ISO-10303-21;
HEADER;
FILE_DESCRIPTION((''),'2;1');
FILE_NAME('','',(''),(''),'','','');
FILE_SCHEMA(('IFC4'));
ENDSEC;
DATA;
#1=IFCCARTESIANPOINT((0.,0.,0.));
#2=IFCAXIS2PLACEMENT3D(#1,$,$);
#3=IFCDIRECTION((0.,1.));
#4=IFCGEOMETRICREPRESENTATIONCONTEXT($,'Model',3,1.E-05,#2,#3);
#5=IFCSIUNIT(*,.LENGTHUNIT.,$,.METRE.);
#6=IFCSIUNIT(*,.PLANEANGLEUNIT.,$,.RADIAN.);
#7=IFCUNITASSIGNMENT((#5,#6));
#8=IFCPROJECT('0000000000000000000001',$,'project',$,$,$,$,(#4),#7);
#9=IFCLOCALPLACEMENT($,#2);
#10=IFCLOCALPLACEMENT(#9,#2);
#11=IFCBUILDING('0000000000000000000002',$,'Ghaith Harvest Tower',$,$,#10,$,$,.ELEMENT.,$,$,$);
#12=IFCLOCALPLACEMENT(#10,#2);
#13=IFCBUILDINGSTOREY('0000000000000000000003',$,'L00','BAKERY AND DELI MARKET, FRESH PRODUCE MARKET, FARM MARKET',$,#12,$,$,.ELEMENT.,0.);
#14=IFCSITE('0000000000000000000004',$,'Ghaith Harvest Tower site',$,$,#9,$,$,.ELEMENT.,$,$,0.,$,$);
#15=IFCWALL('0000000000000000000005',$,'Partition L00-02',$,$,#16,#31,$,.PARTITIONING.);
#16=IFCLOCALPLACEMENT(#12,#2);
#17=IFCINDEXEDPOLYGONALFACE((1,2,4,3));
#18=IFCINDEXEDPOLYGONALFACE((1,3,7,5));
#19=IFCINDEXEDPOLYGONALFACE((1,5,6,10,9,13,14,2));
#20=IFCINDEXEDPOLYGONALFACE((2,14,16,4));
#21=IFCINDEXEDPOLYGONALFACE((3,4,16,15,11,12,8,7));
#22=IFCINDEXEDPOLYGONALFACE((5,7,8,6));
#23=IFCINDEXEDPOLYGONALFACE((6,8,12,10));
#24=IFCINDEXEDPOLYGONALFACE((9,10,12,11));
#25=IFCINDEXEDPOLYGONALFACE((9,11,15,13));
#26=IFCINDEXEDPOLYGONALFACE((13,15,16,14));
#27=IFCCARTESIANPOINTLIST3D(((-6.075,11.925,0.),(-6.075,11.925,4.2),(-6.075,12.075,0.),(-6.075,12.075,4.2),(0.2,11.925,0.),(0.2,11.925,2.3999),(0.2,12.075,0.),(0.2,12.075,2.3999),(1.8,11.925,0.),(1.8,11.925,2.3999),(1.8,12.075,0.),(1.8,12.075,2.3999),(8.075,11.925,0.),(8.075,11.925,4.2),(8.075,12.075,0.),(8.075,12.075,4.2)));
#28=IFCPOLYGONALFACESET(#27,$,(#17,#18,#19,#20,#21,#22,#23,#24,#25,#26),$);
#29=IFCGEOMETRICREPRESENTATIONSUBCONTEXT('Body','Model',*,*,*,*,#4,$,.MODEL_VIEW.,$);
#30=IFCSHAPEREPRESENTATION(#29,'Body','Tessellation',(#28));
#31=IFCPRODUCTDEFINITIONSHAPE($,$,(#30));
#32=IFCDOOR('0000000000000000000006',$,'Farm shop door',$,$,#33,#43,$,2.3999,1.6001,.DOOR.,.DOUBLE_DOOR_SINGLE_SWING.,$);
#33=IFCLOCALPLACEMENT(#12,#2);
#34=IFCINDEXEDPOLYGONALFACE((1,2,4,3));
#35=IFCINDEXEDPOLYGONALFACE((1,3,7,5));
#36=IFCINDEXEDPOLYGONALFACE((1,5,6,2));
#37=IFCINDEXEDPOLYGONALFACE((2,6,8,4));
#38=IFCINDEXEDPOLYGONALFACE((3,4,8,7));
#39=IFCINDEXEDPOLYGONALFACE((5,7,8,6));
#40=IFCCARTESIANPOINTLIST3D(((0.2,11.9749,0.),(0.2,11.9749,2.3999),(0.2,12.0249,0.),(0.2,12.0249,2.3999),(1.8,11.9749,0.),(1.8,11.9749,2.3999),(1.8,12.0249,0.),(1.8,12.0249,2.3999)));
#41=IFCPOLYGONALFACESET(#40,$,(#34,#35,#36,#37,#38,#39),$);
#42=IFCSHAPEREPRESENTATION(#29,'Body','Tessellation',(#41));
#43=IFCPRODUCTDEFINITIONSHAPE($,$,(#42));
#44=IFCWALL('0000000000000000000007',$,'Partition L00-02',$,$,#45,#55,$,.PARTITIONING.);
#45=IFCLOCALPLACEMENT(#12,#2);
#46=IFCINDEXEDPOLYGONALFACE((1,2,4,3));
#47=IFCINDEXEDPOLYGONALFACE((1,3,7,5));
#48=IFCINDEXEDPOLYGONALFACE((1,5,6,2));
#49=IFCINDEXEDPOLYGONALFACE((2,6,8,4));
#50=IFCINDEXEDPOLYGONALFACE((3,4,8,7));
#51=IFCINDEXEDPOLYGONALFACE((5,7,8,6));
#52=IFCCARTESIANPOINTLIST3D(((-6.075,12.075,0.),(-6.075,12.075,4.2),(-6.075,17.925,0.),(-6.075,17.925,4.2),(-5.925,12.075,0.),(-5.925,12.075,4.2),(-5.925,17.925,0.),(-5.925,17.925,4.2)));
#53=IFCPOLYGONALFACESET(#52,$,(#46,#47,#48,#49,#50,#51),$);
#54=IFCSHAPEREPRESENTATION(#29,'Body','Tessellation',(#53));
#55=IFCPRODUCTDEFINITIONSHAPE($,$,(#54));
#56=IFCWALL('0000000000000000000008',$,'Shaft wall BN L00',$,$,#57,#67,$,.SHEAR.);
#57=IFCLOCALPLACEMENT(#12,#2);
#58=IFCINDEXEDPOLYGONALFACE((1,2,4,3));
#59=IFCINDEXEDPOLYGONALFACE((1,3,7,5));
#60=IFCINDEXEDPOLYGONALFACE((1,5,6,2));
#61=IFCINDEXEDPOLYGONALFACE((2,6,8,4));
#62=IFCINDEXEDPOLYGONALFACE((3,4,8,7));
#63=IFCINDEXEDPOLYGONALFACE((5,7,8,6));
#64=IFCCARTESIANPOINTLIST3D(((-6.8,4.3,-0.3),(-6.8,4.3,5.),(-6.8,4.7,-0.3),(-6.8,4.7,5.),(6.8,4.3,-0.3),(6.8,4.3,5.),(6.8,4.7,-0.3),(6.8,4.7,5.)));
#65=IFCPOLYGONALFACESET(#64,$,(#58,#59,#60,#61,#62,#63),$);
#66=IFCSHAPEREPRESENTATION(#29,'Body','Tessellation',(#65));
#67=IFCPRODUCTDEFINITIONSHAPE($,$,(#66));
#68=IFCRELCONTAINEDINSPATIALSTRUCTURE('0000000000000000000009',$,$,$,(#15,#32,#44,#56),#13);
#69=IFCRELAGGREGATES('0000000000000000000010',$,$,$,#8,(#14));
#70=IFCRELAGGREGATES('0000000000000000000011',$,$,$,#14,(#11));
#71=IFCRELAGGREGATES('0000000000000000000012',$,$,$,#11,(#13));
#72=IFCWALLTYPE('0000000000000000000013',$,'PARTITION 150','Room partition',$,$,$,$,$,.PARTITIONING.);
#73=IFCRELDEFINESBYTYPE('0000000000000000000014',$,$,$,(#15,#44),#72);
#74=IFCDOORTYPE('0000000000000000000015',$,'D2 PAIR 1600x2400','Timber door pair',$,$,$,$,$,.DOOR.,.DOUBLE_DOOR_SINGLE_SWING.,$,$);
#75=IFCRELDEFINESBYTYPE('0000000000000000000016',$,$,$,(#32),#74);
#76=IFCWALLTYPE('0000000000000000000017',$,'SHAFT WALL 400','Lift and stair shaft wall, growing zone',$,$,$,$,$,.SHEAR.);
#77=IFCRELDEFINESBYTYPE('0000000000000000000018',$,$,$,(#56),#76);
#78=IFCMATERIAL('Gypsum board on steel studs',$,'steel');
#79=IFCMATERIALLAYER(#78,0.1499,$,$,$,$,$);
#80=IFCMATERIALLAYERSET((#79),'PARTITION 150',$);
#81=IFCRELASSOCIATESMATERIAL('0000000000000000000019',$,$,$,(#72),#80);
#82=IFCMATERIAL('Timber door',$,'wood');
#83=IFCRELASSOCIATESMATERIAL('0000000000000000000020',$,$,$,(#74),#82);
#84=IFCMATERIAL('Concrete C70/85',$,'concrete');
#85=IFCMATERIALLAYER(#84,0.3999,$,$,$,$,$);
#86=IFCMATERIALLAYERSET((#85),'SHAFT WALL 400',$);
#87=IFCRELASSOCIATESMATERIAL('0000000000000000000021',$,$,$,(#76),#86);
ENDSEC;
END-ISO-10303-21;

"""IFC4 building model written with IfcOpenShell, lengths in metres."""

from ifc_helpers import new_model, si_unit, direction, frame, frame_2d, origin, place, context, subcontext, project, spatial, rectangle, extrude, material, layer, layer_set, type_object, element, fill, save


model = new_model("IFC4")

# Units and contexts
model_context = context("Model", 3, precision=1e-05, world=origin(), true_north=direction((0.0, 1.0)))
body_context = subcontext(model_context, "Body", "Model", "MODEL_VIEW")
ifc_project = project(units=[si_unit("LENGTHUNIT", "METRE"), si_unit("PLANEANGLEUNIT", "RADIAN")], contexts=[model_context])

# Site, building, storey
site_placement = place(None, origin())
site = spatial("IfcSite", under=ifc_project, at=site_placement, Name="Ghaith Harvest Tower site", CompositionType="ELEMENT", RefElevation=0.0)
building_placement = place(site_placement, origin())
building = spatial("IfcBuilding", under=site, at=building_placement, Name="Ghaith Harvest Tower", CompositionType="ELEMENT")
storey_placement = place(building_placement, origin())
storey = spatial("IfcBuildingStorey", under=building, at=storey_placement, Name="L00", Description="BAKERY AND DELI MARKET, FRESH PRODUCE MARKET, FARM MARKET", CompositionType="ELEMENT", Elevation=0.0)

# Shared definitions
ifc_material_1 = material(Name="Gypsum board on steel studs", Category="steel")
ifc_layer_1 = layer(ifc_material_1, 0.1499)
ifc_layer_set_1 = layer_set([ifc_layer_1], Name="PARTITION 150")
wall_type_1 = type_object("IfcWallType", Name="PARTITION 150", Description="Room partition", PredefinedType="PARTITIONING", material=ifc_layer_set_1)
ifc_material_2 = material(Name="Timber door", Category="wood")
door_type_1 = type_object("IfcDoorType", Name="D2 PAIR 1600x2400", Description="Timber door pair", OperationType="DOUBLE_DOOR_SINGLE_SWING", PredefinedType="DOOR", material=ifc_material_2)

# Wall, opening, door
wall_1_placement = place(storey_placement, frame((-6.075, 12.0, 0.0), z_axis=(0.0, 0.0, 1.0), x_axis=(1.0, 0.0, 0.0)))
wall_1 = element("IfcWall", 1, at=wall_1_placement, inside=storey, type_object=wall_type_1, Name="Partition L00-02", PredefinedType="PARTITIONING", context=body_context, shape_type="SweptSolid", body=[
    extrude(rectangle(XDim=14.1499, YDim=0.1499, at=frame_2d((7.075, 0.0))), origin(), (0.0, 0.0, 1.0), 4.2),
])
opening_1_placement = place(wall_1_placement, frame((6.2749, 0.0, 0.0)))
opening_1 = element("IfcOpeningElement", 2, at=opening_1_placement, cuts=wall_1, PredefinedType="OPENING", context=body_context, shape_type="SweptSolid", body=[
    extrude(rectangle(XDim=1.6001, YDim=2.3999, at=frame_2d((0.8, 1.2))), frame((0.0, 0.085, 0.0), z_axis=(0.0, -1.0, 0.0), x_axis=(1.0, 0.0, 0.0)), (0.0, 0.0, 1.0), 0.1699),
])
door_1_placement = place(opening_1_placement, origin())
door_1 = element("IfcDoor", 3, at=door_1_placement, inside=storey, type_object=door_type_1, Name="Farm shop door", OperationType="DOUBLE_DOOR_SINGLE_SWING", OverallHeight=2.3999, OverallWidth=1.6001, PredefinedType="DOOR", context=body_context, shape_type="SweptSolid", body=[
    extrude(rectangle(XDim=1.6001, YDim=2.3999, at=frame_2d((0.8, 1.2))), frame((0.0, 0.0249, 0.0), z_axis=(0.0, -1.0, 0.0), x_axis=(1.0, 0.0, 0.0)), (0.0, 0.0, 1.0), 0.05),
])
fill(opening_1, door_1)

# Walls
wall_2_placement = place(storey_placement, frame((-6.0, 12.075, 0.0), z_axis=(0.0, 0.0, 1.0), x_axis=(0.0, 1.0, 0.0)))
element("IfcWall", 4, at=wall_2_placement, inside=storey, type_object=wall_type_1, Name="Partition L00-02", PredefinedType="PARTITIONING", context=body_context, shape_type="SweptSolid", body=[
    extrude(rectangle(XDim=5.8501, YDim=0.1499, at=frame_2d((2.925, 0.0))), origin(), (0.0, 0.0, 1.0), 4.2),
])
ifc_material_3 = material(Name="Concrete C70/85", Category="concrete")
ifc_layer_2 = layer(ifc_material_3, 0.3999)
ifc_layer_set_2 = layer_set([ifc_layer_2], Name="SHAFT WALL 400")
wall_type_2 = type_object("IfcWallType", Name="SHAFT WALL 400", Description="Lift and stair shaft wall, growing zone", PredefinedType="SHEAR", material=ifc_layer_set_2)
wall_3_placement = place(storey_placement, frame((-6.8, 4.5, -0.3), z_axis=(0.0, 0.0, 1.0), x_axis=(1.0, 0.0, 0.0)))
element("IfcWall", 5, at=wall_3_placement, inside=storey, type_object=wall_type_2, Name="Shaft wall BN L00", PredefinedType="SHEAR", context=body_context, shape_type="SweptSolid", body=[
    extrude(rectangle(XDim=13.6001, YDim=0.3999, at=frame_2d((6.8, 0.0))), origin(), (0.0, 0.0, 1.0), 5.3),
])

save(model, "model.ifc")
